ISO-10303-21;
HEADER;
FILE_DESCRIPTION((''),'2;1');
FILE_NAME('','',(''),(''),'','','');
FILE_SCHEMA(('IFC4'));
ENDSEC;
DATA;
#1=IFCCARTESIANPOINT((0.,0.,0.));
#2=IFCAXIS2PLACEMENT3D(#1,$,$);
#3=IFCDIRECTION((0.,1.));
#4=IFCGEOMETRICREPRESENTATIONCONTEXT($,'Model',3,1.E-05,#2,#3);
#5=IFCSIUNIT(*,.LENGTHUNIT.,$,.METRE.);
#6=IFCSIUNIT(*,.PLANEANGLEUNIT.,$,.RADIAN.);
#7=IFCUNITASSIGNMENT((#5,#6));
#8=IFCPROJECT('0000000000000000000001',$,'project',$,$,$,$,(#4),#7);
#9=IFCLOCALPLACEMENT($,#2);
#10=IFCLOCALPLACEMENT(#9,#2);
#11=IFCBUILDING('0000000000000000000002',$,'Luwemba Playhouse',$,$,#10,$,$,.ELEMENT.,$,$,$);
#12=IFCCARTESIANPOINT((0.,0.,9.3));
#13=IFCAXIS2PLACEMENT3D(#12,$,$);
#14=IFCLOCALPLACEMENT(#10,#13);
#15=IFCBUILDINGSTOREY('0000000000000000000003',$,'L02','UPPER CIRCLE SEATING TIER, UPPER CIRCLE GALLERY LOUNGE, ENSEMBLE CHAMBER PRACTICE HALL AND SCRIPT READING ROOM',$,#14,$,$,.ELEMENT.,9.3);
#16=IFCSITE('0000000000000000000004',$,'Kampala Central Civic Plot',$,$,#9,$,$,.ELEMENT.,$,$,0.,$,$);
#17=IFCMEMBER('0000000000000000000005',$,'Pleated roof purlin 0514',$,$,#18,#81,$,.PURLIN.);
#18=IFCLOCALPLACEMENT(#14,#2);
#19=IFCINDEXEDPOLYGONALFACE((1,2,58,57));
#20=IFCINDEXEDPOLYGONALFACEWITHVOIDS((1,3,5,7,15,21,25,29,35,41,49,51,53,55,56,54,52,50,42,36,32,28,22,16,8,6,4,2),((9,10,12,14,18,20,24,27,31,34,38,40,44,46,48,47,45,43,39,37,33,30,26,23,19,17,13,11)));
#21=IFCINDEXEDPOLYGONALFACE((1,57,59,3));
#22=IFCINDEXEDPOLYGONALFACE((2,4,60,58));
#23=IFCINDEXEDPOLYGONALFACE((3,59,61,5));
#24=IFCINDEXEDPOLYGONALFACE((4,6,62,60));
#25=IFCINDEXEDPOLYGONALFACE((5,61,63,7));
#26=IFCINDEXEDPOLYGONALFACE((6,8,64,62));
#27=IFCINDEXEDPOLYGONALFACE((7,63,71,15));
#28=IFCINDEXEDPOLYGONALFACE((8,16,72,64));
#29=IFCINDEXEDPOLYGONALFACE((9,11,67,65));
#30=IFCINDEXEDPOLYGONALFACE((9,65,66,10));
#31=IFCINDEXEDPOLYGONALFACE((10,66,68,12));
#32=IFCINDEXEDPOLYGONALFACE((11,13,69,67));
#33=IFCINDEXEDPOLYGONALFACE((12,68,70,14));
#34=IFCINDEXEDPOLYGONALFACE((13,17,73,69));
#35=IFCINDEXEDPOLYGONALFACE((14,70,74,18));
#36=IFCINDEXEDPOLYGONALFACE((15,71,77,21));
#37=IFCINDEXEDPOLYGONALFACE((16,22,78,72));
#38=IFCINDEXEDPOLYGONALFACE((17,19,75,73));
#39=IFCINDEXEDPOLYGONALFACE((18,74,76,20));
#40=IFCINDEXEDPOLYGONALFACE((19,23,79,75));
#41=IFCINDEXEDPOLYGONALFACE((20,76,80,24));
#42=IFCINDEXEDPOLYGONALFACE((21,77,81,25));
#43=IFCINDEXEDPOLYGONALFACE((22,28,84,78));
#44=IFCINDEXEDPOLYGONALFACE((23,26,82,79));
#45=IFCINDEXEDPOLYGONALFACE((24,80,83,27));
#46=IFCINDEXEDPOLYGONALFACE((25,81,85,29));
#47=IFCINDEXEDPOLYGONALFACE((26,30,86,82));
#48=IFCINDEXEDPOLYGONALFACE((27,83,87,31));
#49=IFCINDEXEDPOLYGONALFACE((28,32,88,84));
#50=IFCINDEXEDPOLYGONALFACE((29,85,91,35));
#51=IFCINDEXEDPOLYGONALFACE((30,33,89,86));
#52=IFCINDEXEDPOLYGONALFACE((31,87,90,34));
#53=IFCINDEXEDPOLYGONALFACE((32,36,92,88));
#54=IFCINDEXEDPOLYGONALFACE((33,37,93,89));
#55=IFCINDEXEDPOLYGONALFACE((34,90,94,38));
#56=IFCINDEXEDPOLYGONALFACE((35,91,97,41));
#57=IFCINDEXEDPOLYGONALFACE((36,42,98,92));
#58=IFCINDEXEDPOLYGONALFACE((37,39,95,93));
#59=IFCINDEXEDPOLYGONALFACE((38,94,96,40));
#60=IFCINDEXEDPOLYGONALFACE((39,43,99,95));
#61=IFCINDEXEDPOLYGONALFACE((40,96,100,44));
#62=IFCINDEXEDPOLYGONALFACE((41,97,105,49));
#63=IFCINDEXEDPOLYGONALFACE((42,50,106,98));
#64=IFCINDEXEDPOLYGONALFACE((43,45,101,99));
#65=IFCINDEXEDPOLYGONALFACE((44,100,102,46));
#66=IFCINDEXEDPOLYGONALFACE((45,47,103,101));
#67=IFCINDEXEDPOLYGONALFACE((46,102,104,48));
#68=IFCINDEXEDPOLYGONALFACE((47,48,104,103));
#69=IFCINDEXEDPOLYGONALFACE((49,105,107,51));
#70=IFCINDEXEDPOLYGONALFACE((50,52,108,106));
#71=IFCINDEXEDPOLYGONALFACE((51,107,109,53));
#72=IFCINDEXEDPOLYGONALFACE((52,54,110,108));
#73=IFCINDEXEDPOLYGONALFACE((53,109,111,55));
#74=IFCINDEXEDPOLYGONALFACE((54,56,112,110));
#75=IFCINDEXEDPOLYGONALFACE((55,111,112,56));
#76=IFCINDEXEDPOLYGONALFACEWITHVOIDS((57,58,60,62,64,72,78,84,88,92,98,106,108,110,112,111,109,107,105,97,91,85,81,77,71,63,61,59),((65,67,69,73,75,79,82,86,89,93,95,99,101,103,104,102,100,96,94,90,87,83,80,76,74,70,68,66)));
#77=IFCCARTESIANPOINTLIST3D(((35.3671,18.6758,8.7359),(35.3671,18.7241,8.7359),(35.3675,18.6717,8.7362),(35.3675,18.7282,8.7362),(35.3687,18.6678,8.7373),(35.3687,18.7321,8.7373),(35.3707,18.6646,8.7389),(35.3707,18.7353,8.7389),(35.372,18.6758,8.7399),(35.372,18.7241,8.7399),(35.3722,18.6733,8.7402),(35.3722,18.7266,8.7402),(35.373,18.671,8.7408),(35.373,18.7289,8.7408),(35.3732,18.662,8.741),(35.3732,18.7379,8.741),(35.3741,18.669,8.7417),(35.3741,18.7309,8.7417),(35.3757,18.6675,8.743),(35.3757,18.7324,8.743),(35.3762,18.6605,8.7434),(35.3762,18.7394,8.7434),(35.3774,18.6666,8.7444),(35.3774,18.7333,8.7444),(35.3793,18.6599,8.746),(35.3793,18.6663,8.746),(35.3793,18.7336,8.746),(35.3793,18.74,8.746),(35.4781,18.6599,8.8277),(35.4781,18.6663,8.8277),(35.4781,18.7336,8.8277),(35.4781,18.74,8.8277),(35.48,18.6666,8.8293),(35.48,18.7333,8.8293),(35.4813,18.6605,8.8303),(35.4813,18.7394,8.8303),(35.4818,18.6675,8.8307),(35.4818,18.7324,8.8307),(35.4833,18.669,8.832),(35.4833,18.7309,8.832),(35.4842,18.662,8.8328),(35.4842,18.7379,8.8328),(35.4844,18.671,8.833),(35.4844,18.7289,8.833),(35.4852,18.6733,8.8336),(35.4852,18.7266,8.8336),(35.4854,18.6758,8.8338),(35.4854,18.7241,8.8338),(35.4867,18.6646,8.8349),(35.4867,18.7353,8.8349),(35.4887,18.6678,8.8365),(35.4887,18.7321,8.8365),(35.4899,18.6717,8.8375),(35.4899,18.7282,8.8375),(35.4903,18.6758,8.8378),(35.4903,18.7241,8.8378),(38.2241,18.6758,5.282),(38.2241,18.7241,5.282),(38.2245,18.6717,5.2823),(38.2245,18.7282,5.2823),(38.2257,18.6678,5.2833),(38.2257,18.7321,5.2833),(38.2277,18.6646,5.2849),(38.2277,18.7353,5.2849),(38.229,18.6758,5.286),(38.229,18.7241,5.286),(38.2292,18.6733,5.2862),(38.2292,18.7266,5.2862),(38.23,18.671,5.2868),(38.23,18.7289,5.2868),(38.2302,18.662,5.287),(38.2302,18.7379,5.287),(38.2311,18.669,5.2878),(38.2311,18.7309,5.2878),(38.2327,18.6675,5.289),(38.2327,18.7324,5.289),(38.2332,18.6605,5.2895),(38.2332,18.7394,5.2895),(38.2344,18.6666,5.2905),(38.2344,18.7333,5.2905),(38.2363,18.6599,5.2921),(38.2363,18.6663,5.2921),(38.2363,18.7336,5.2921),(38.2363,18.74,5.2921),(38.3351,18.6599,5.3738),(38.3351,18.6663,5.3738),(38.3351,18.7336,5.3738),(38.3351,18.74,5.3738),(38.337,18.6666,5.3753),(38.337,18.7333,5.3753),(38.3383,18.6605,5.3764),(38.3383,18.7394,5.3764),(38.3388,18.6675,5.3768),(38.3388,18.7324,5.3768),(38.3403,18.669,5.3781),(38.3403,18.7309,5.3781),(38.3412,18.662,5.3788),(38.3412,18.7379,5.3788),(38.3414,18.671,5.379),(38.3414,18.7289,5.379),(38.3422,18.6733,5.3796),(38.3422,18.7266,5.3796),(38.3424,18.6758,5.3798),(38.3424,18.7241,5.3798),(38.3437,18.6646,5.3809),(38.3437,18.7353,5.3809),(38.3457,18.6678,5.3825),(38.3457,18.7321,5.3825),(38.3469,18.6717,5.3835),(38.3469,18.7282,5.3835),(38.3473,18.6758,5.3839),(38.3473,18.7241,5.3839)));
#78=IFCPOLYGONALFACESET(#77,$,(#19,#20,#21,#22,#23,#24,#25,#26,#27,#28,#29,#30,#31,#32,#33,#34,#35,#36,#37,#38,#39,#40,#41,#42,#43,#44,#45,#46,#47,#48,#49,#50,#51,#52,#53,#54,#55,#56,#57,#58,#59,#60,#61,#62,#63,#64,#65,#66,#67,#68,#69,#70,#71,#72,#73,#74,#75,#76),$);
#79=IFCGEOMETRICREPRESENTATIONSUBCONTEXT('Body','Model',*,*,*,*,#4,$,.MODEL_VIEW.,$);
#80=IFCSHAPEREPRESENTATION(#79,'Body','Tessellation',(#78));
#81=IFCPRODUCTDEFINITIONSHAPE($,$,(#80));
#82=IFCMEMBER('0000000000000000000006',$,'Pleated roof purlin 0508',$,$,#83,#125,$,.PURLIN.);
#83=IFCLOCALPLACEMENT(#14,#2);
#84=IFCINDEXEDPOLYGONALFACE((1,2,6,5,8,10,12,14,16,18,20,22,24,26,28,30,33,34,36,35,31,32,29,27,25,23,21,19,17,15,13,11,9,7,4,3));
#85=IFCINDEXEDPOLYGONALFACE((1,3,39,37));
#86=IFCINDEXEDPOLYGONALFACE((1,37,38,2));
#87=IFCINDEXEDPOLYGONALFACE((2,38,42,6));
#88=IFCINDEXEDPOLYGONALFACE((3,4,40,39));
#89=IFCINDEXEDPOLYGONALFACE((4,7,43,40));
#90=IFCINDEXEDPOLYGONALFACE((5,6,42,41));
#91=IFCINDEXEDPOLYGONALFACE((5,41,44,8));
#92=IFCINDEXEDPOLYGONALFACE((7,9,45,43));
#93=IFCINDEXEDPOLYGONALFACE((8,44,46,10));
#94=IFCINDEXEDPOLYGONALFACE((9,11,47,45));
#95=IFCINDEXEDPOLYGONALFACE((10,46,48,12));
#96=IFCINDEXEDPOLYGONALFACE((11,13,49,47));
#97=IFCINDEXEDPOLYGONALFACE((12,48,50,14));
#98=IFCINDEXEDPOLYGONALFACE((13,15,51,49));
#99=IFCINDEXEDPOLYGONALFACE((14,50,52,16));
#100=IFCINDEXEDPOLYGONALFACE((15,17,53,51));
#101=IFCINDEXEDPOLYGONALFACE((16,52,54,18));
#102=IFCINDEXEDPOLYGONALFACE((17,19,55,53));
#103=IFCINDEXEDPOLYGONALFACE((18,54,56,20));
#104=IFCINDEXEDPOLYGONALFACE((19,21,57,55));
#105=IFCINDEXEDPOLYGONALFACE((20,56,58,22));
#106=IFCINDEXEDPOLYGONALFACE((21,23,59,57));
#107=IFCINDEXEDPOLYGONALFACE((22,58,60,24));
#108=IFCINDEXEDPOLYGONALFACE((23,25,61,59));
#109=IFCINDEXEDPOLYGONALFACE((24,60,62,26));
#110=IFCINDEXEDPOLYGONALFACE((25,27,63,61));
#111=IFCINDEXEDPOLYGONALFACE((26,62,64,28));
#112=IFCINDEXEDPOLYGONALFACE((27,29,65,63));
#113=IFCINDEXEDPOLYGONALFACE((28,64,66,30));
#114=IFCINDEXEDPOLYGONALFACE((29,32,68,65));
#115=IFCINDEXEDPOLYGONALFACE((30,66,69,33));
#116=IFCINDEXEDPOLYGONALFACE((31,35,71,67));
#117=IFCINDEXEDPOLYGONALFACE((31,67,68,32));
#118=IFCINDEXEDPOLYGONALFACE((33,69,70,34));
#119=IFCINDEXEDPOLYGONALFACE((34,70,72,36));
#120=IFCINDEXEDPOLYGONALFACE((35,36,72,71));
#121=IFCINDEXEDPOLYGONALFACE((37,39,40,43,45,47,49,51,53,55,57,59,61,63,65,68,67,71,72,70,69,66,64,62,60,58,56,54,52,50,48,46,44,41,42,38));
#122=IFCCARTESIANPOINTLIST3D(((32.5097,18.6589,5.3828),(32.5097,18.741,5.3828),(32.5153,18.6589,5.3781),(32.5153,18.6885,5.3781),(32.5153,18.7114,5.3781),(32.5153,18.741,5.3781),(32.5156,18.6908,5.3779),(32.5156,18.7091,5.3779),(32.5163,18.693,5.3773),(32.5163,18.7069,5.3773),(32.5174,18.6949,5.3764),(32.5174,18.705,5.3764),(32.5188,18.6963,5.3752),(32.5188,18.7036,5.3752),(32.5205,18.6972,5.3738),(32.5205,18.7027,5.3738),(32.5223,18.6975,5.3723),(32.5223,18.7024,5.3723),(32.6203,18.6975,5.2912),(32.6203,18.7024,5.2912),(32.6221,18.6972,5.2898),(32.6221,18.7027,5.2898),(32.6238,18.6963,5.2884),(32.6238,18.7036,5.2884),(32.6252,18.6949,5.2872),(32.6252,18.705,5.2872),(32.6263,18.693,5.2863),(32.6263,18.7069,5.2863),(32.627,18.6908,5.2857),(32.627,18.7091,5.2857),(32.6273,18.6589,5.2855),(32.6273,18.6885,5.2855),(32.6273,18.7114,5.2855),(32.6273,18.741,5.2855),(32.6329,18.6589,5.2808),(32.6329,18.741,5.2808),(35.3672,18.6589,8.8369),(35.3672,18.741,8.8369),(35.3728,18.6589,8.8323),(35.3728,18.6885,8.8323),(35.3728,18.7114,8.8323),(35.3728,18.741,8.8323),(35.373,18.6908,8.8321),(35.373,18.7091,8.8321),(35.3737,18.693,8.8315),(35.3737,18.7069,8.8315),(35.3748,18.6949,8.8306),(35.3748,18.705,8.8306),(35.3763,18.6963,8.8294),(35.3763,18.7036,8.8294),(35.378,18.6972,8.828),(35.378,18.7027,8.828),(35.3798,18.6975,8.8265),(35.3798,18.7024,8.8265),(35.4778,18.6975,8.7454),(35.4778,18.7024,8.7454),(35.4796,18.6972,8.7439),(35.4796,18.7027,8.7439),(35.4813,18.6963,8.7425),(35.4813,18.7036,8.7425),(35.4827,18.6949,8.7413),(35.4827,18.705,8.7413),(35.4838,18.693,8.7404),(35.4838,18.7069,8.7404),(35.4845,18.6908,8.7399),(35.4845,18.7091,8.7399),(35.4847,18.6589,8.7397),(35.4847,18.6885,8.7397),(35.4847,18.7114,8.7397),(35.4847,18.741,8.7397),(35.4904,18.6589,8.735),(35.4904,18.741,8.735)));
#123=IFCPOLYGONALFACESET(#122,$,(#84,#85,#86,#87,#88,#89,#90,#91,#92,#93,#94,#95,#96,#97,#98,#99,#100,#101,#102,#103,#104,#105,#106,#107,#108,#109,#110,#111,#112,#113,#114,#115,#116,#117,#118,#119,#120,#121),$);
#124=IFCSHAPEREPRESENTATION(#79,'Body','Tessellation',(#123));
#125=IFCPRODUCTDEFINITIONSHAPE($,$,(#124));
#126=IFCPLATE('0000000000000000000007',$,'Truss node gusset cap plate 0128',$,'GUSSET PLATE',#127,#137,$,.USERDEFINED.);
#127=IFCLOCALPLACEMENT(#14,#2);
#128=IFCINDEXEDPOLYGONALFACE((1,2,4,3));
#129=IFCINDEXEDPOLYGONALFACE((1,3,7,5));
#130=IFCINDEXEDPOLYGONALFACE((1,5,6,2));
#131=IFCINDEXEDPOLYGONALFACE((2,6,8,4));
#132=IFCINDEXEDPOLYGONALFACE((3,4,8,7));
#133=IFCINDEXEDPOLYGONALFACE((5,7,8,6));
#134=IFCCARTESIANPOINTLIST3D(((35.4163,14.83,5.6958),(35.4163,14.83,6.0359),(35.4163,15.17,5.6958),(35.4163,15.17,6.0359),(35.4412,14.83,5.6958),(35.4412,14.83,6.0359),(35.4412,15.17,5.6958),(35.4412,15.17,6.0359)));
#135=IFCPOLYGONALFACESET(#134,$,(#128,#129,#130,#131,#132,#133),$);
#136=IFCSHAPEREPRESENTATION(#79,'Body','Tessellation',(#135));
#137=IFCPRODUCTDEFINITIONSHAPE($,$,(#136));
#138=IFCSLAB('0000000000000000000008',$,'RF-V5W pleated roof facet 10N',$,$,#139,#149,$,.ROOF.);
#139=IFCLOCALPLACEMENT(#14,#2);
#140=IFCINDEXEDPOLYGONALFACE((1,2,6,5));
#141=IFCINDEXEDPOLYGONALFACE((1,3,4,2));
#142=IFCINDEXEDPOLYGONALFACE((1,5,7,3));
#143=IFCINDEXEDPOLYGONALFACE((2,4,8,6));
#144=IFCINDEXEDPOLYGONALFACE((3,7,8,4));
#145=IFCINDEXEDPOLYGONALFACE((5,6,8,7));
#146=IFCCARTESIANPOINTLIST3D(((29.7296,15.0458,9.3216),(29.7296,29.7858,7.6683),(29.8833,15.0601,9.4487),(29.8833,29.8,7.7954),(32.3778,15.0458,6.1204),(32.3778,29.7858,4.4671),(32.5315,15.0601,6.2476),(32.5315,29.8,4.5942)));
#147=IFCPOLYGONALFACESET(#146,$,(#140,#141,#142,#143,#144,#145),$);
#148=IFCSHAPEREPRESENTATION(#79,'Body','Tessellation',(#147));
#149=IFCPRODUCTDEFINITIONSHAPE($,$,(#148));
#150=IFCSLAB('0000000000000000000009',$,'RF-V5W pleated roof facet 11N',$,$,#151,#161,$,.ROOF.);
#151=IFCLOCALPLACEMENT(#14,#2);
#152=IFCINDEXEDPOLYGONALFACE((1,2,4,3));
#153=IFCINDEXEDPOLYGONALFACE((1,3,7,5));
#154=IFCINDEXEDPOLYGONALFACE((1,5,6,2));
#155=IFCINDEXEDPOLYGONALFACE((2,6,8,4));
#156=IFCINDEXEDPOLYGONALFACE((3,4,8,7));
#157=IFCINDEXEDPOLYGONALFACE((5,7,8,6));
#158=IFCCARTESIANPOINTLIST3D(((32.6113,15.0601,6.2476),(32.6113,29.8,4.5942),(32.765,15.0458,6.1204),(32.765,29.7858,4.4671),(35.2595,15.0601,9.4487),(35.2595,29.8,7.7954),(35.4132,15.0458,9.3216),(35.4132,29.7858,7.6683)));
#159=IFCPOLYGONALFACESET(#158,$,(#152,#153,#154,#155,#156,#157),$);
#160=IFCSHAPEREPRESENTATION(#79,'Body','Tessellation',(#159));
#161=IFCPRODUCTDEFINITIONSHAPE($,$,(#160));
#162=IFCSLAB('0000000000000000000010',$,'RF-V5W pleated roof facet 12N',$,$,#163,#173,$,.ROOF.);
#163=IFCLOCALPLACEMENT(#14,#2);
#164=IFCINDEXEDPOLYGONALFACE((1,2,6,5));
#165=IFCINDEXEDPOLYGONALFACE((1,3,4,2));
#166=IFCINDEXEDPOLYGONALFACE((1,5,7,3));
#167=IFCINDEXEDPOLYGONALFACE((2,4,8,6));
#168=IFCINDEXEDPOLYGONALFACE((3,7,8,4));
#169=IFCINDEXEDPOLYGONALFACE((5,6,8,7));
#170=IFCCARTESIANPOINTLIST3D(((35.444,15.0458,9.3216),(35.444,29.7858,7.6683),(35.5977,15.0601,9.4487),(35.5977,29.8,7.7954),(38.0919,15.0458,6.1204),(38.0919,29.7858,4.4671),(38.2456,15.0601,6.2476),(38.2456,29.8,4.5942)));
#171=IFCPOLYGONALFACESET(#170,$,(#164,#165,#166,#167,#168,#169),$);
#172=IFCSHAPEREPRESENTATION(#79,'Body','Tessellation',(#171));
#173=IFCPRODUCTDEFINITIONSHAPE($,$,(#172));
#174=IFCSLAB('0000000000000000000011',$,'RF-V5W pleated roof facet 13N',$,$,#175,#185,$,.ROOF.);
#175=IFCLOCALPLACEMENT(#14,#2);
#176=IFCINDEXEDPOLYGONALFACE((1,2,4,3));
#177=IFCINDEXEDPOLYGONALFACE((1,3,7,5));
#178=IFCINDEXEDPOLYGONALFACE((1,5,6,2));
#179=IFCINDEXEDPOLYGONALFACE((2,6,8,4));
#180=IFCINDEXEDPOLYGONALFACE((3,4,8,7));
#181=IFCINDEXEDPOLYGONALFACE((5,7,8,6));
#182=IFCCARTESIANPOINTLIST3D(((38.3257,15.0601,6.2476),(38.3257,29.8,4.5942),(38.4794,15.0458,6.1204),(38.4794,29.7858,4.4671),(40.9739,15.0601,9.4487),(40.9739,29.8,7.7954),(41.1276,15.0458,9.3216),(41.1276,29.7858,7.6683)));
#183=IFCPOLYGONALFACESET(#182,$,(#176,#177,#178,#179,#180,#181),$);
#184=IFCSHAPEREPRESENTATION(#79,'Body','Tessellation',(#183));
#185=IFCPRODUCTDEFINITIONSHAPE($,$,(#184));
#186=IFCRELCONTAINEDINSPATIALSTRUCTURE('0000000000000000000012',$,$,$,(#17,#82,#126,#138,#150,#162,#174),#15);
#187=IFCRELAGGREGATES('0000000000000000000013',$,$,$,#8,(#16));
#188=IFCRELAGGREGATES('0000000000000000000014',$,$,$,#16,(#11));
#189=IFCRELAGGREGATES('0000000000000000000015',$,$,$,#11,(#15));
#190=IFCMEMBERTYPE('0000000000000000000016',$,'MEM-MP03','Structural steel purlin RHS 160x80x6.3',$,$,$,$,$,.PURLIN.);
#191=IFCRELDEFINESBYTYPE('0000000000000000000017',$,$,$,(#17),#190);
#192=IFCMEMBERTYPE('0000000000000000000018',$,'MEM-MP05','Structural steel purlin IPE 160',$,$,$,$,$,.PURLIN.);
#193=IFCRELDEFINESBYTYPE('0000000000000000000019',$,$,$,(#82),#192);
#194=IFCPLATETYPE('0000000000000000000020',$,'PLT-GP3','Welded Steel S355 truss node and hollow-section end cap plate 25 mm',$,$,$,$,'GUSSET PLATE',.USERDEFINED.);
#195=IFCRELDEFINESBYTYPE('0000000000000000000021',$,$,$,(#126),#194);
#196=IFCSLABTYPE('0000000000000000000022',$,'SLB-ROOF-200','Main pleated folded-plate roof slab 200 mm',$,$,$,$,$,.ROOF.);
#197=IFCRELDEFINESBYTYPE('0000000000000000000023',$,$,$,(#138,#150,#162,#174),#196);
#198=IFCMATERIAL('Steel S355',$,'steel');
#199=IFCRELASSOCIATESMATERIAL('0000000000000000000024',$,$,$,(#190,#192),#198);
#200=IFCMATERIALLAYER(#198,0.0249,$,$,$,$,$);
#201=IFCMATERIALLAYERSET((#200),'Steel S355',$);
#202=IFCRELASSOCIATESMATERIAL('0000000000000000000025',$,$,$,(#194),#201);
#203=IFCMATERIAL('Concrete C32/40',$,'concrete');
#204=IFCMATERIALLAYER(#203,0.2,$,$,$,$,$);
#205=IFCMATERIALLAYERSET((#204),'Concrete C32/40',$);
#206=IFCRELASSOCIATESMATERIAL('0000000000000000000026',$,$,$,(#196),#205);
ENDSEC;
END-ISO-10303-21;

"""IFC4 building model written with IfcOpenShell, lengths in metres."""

from ifc_helpers import new_model, si_unit, direction, frame, origin, origin_2d, place, context, subcontext, project, spatial, polyline, rectangle, hollow_rectangle, i_section, outline, extrude, material, layer, layer_set, material_profile, profile_set, type_object, element, save


model = new_model("IFC4")

# Units and contexts
model_context = context("Model", 3, precision=1e-05, world=origin(), true_north=direction((0.0, 1.0)))
body_context = subcontext(model_context, "Body", "Model", "MODEL_VIEW")
ifc_project = project(units=[si_unit("LENGTHUNIT", "METRE"), si_unit("PLANEANGLEUNIT", "RADIAN")], contexts=[model_context])

# Site, building, storey
site_placement = place(None, origin())
site = spatial("IfcSite", under=ifc_project, at=site_placement, Name="Kampala Central Civic Plot", CompositionType="ELEMENT", RefElevation=0.0)
building_placement = place(site_placement, origin())
building = spatial("IfcBuilding", under=site, at=building_placement, Name="Luwemba Playhouse", CompositionType="ELEMENT")
storey_placement = place(building_placement, frame((0.0, 0.0, 9.3)))
storey = spatial("IfcBuildingStorey", under=building, at=storey_placement, Name="L02", Description="UPPER CIRCLE SEATING TIER, UPPER CIRCLE GALLERY LOUNGE, ENSEMBLE CHAMBER PRACTICE HALL AND SCRIPT READING ROOM", CompositionType="ELEMENT", Elevation=9.3)

# Shared definitions
ifc_material_1 = material(Name="Steel S355", Category="steel")

# Members
ifc_material_profile_1 = material_profile(ifc_material_1, hollow_rectangle(XDim=0.0801, YDim=0.1599, WallThickness=0.0063, InnerFilletRadius=0.0095, OuterFilletRadius=0.0159, at=origin_2d()))
ifc_profile_set_1 = profile_set([ifc_material_profile_1], Name="Steel S355")
member_type_1 = type_object("IfcMemberType", Name="MEM-MP03", Description="Structural steel purlin RHS 160x80x6.3", PredefinedType="PURLIN", material=ifc_profile_set_1)
member_1_placement = place(storey_placement, frame((35.4287, 18.7, 8.7869), z_axis=(0.637378, 0.0, -0.770551), x_axis=(0.0, 1.0, 0.0)))
element("IfcMember", 1, at=member_1_placement, inside=storey, type_object=member_type_1, Name="Pleated roof purlin 0514", PredefinedType="PURLIN", context=body_context, shape_type="SweptSolid", body=[
    extrude(hollow_rectangle(XDim=0.0801, YDim=0.1599, WallThickness=0.0063, InnerFilletRadius=0.0095, OuterFilletRadius=0.0159, at=origin_2d()), origin(), (0.0, 0.0, 1.0), 4.4824),
])
ifc_material_profile_2 = material_profile(ifc_material_1, i_section(OverallWidth=0.082, OverallDepth=0.1599, WebThickness=0.0049, FlangeThickness=0.0073, FilletRadius=0.009, at=origin_2d()))
ifc_profile_set_2 = profile_set([ifc_material_profile_2], Name="Steel S355")
member_type_2 = type_object("IfcMemberType", Name="MEM-MP05", Description="Structural steel purlin IPE 160", PredefinedType="PURLIN", material=ifc_profile_set_2)
member_2_placement = place(storey_placement, frame((32.5713, 18.7, 5.3318), z_axis=(0.637416, 0.0, 0.77052), x_axis=(0.0, 1.0, 0.0)))
element("IfcMember", 2, at=member_2_placement, inside=storey, type_object=member_type_2, Name="Pleated roof purlin 0508", PredefinedType="PURLIN", context=body_context, shape_type="SweptSolid", body=[
    extrude(i_section(OverallWidth=0.082, OverallDepth=0.1599, WebThickness=0.0049, FlangeThickness=0.0073, FilletRadius=0.009, at=origin_2d()), origin(), (0.0, 0.0, 1.0), 4.4829),
])

# Plate
ifc_layer_1 = layer(ifc_material_1, 0.0249)
ifc_layer_set_1 = layer_set([ifc_layer_1], Name="Steel S355")
plate_type = type_object("IfcPlateType", Name="PLT-GP3", Description="Welded Steel S355 truss node and hollow-section end cap plate 25 mm", ElementType="GUSSET PLATE", PredefinedType="USERDEFINED", material=ifc_layer_set_1)
plate_placement = place(storey_placement, frame((35.4287, 15.0, 5.6958), z_axis=(0.0, 0.0, 1.0), x_axis=(1.0, 0.0, 0.0)))
element("IfcPlate", 3, at=plate_placement, inside=storey, type_object=plate_type, Name="Truss node gusset cap plate 0128", ObjectType="GUSSET PLATE", PredefinedType="USERDEFINED", context=body_context, shape_type="SweptSolid", body=[
    extrude(rectangle(XDim=0.0249, YDim=0.3401, at=origin_2d()), origin(), (0.0, 0.0, 1.0), 0.3401),
])

# Slabs
ifc_material_2 = material(Name="Concrete C32/40", Category="concrete")
ifc_layer_2 = layer(ifc_material_2, 0.2)
ifc_layer_set_2 = layer_set([ifc_layer_2], Name="Concrete C32/40")
slab_type = type_object("IfcSlabType", Name="SLB-ROOF-200", Description="Main pleated folded-plate roof slab 200 mm", PredefinedType="ROOF", material=ifc_layer_set_2)
slab_1_placement = place(storey_placement, frame((29.8833, 15.0601, 9.4487), z_axis=(0.768557, 0.071314, 0.635794), x_axis=(0.637417, 0.0, -0.770519)))
element("IfcSlab", 4, at=slab_1_placement, inside=storey, type_object=slab_type, Name="RF-V5W pleated roof facet 10N", PredefinedType="ROOF", context=body_context, shape_type="SweptSolid", body=[
    extrude(outline(polyline([(0.0, 0.0), (4.1546, 0.0), (5.4285, 14.7776), (1.2739, 14.7776), (0.0, 0.0)])), origin(), (0.0, 0.0, -1.0), 0.2),
])
slab_2_placement = place(storey_placement, frame((32.6113, 15.0601, 6.2476), z_axis=(-0.768557, 0.071314, 0.635794), x_axis=(0.637417, 0.0, 0.770519)))
element("IfcSlab", 5, at=slab_2_placement, inside=storey, type_object=slab_type, Name="RF-V5W pleated roof facet 11N", PredefinedType="ROOF", context=body_context, shape_type="SweptSolid", body=[
    extrude(outline(polyline([(0.0, 0.0), (4.1546, 0.0), (2.8807, 14.7776), (-1.2739, 14.7776), (0.0, 0.0)])), origin(), (0.0, 0.0, -1.0), 0.2),
])
slab_3_placement = place(storey_placement, frame((35.5977, 15.0601, 9.4487), z_axis=(0.768586, 0.07131, 0.63576), x_axis=(0.637382, 0.0, -0.770548)))
element("IfcSlab", 6, at=slab_3_placement, inside=storey, type_object=slab_type, Name="RF-V5W pleated roof facet 12N", PredefinedType="ROOF", context=body_context, shape_type="SweptSolid", body=[
    extrude(outline(polyline([(0.0, 0.0), (4.1544, 0.0), (5.4284, 14.7776), (1.274, 14.7776), (0.0, 0.0)])), origin(), (0.0, 0.0, -1.0), 0.2),
])
slab_4_placement = place(storey_placement, frame((38.3257, 15.0601, 6.2476), z_axis=(-0.768557, 0.071314, 0.635794), x_axis=(0.637417, 0.0, 0.770519)))
element("IfcSlab", 7, at=slab_4_placement, inside=storey, type_object=slab_type, Name="RF-V5W pleated roof facet 13N", PredefinedType="ROOF", context=body_context, shape_type="SweptSolid", body=[
    extrude(outline(polyline([(0.0, 0.0), (4.1546, 0.0), (2.8807, 14.7776), (-1.2739, 14.7776), (0.0, 0.0)])), origin(), (0.0, 0.0, -1.0), 0.2),
])

save(model, "model.ifc")
